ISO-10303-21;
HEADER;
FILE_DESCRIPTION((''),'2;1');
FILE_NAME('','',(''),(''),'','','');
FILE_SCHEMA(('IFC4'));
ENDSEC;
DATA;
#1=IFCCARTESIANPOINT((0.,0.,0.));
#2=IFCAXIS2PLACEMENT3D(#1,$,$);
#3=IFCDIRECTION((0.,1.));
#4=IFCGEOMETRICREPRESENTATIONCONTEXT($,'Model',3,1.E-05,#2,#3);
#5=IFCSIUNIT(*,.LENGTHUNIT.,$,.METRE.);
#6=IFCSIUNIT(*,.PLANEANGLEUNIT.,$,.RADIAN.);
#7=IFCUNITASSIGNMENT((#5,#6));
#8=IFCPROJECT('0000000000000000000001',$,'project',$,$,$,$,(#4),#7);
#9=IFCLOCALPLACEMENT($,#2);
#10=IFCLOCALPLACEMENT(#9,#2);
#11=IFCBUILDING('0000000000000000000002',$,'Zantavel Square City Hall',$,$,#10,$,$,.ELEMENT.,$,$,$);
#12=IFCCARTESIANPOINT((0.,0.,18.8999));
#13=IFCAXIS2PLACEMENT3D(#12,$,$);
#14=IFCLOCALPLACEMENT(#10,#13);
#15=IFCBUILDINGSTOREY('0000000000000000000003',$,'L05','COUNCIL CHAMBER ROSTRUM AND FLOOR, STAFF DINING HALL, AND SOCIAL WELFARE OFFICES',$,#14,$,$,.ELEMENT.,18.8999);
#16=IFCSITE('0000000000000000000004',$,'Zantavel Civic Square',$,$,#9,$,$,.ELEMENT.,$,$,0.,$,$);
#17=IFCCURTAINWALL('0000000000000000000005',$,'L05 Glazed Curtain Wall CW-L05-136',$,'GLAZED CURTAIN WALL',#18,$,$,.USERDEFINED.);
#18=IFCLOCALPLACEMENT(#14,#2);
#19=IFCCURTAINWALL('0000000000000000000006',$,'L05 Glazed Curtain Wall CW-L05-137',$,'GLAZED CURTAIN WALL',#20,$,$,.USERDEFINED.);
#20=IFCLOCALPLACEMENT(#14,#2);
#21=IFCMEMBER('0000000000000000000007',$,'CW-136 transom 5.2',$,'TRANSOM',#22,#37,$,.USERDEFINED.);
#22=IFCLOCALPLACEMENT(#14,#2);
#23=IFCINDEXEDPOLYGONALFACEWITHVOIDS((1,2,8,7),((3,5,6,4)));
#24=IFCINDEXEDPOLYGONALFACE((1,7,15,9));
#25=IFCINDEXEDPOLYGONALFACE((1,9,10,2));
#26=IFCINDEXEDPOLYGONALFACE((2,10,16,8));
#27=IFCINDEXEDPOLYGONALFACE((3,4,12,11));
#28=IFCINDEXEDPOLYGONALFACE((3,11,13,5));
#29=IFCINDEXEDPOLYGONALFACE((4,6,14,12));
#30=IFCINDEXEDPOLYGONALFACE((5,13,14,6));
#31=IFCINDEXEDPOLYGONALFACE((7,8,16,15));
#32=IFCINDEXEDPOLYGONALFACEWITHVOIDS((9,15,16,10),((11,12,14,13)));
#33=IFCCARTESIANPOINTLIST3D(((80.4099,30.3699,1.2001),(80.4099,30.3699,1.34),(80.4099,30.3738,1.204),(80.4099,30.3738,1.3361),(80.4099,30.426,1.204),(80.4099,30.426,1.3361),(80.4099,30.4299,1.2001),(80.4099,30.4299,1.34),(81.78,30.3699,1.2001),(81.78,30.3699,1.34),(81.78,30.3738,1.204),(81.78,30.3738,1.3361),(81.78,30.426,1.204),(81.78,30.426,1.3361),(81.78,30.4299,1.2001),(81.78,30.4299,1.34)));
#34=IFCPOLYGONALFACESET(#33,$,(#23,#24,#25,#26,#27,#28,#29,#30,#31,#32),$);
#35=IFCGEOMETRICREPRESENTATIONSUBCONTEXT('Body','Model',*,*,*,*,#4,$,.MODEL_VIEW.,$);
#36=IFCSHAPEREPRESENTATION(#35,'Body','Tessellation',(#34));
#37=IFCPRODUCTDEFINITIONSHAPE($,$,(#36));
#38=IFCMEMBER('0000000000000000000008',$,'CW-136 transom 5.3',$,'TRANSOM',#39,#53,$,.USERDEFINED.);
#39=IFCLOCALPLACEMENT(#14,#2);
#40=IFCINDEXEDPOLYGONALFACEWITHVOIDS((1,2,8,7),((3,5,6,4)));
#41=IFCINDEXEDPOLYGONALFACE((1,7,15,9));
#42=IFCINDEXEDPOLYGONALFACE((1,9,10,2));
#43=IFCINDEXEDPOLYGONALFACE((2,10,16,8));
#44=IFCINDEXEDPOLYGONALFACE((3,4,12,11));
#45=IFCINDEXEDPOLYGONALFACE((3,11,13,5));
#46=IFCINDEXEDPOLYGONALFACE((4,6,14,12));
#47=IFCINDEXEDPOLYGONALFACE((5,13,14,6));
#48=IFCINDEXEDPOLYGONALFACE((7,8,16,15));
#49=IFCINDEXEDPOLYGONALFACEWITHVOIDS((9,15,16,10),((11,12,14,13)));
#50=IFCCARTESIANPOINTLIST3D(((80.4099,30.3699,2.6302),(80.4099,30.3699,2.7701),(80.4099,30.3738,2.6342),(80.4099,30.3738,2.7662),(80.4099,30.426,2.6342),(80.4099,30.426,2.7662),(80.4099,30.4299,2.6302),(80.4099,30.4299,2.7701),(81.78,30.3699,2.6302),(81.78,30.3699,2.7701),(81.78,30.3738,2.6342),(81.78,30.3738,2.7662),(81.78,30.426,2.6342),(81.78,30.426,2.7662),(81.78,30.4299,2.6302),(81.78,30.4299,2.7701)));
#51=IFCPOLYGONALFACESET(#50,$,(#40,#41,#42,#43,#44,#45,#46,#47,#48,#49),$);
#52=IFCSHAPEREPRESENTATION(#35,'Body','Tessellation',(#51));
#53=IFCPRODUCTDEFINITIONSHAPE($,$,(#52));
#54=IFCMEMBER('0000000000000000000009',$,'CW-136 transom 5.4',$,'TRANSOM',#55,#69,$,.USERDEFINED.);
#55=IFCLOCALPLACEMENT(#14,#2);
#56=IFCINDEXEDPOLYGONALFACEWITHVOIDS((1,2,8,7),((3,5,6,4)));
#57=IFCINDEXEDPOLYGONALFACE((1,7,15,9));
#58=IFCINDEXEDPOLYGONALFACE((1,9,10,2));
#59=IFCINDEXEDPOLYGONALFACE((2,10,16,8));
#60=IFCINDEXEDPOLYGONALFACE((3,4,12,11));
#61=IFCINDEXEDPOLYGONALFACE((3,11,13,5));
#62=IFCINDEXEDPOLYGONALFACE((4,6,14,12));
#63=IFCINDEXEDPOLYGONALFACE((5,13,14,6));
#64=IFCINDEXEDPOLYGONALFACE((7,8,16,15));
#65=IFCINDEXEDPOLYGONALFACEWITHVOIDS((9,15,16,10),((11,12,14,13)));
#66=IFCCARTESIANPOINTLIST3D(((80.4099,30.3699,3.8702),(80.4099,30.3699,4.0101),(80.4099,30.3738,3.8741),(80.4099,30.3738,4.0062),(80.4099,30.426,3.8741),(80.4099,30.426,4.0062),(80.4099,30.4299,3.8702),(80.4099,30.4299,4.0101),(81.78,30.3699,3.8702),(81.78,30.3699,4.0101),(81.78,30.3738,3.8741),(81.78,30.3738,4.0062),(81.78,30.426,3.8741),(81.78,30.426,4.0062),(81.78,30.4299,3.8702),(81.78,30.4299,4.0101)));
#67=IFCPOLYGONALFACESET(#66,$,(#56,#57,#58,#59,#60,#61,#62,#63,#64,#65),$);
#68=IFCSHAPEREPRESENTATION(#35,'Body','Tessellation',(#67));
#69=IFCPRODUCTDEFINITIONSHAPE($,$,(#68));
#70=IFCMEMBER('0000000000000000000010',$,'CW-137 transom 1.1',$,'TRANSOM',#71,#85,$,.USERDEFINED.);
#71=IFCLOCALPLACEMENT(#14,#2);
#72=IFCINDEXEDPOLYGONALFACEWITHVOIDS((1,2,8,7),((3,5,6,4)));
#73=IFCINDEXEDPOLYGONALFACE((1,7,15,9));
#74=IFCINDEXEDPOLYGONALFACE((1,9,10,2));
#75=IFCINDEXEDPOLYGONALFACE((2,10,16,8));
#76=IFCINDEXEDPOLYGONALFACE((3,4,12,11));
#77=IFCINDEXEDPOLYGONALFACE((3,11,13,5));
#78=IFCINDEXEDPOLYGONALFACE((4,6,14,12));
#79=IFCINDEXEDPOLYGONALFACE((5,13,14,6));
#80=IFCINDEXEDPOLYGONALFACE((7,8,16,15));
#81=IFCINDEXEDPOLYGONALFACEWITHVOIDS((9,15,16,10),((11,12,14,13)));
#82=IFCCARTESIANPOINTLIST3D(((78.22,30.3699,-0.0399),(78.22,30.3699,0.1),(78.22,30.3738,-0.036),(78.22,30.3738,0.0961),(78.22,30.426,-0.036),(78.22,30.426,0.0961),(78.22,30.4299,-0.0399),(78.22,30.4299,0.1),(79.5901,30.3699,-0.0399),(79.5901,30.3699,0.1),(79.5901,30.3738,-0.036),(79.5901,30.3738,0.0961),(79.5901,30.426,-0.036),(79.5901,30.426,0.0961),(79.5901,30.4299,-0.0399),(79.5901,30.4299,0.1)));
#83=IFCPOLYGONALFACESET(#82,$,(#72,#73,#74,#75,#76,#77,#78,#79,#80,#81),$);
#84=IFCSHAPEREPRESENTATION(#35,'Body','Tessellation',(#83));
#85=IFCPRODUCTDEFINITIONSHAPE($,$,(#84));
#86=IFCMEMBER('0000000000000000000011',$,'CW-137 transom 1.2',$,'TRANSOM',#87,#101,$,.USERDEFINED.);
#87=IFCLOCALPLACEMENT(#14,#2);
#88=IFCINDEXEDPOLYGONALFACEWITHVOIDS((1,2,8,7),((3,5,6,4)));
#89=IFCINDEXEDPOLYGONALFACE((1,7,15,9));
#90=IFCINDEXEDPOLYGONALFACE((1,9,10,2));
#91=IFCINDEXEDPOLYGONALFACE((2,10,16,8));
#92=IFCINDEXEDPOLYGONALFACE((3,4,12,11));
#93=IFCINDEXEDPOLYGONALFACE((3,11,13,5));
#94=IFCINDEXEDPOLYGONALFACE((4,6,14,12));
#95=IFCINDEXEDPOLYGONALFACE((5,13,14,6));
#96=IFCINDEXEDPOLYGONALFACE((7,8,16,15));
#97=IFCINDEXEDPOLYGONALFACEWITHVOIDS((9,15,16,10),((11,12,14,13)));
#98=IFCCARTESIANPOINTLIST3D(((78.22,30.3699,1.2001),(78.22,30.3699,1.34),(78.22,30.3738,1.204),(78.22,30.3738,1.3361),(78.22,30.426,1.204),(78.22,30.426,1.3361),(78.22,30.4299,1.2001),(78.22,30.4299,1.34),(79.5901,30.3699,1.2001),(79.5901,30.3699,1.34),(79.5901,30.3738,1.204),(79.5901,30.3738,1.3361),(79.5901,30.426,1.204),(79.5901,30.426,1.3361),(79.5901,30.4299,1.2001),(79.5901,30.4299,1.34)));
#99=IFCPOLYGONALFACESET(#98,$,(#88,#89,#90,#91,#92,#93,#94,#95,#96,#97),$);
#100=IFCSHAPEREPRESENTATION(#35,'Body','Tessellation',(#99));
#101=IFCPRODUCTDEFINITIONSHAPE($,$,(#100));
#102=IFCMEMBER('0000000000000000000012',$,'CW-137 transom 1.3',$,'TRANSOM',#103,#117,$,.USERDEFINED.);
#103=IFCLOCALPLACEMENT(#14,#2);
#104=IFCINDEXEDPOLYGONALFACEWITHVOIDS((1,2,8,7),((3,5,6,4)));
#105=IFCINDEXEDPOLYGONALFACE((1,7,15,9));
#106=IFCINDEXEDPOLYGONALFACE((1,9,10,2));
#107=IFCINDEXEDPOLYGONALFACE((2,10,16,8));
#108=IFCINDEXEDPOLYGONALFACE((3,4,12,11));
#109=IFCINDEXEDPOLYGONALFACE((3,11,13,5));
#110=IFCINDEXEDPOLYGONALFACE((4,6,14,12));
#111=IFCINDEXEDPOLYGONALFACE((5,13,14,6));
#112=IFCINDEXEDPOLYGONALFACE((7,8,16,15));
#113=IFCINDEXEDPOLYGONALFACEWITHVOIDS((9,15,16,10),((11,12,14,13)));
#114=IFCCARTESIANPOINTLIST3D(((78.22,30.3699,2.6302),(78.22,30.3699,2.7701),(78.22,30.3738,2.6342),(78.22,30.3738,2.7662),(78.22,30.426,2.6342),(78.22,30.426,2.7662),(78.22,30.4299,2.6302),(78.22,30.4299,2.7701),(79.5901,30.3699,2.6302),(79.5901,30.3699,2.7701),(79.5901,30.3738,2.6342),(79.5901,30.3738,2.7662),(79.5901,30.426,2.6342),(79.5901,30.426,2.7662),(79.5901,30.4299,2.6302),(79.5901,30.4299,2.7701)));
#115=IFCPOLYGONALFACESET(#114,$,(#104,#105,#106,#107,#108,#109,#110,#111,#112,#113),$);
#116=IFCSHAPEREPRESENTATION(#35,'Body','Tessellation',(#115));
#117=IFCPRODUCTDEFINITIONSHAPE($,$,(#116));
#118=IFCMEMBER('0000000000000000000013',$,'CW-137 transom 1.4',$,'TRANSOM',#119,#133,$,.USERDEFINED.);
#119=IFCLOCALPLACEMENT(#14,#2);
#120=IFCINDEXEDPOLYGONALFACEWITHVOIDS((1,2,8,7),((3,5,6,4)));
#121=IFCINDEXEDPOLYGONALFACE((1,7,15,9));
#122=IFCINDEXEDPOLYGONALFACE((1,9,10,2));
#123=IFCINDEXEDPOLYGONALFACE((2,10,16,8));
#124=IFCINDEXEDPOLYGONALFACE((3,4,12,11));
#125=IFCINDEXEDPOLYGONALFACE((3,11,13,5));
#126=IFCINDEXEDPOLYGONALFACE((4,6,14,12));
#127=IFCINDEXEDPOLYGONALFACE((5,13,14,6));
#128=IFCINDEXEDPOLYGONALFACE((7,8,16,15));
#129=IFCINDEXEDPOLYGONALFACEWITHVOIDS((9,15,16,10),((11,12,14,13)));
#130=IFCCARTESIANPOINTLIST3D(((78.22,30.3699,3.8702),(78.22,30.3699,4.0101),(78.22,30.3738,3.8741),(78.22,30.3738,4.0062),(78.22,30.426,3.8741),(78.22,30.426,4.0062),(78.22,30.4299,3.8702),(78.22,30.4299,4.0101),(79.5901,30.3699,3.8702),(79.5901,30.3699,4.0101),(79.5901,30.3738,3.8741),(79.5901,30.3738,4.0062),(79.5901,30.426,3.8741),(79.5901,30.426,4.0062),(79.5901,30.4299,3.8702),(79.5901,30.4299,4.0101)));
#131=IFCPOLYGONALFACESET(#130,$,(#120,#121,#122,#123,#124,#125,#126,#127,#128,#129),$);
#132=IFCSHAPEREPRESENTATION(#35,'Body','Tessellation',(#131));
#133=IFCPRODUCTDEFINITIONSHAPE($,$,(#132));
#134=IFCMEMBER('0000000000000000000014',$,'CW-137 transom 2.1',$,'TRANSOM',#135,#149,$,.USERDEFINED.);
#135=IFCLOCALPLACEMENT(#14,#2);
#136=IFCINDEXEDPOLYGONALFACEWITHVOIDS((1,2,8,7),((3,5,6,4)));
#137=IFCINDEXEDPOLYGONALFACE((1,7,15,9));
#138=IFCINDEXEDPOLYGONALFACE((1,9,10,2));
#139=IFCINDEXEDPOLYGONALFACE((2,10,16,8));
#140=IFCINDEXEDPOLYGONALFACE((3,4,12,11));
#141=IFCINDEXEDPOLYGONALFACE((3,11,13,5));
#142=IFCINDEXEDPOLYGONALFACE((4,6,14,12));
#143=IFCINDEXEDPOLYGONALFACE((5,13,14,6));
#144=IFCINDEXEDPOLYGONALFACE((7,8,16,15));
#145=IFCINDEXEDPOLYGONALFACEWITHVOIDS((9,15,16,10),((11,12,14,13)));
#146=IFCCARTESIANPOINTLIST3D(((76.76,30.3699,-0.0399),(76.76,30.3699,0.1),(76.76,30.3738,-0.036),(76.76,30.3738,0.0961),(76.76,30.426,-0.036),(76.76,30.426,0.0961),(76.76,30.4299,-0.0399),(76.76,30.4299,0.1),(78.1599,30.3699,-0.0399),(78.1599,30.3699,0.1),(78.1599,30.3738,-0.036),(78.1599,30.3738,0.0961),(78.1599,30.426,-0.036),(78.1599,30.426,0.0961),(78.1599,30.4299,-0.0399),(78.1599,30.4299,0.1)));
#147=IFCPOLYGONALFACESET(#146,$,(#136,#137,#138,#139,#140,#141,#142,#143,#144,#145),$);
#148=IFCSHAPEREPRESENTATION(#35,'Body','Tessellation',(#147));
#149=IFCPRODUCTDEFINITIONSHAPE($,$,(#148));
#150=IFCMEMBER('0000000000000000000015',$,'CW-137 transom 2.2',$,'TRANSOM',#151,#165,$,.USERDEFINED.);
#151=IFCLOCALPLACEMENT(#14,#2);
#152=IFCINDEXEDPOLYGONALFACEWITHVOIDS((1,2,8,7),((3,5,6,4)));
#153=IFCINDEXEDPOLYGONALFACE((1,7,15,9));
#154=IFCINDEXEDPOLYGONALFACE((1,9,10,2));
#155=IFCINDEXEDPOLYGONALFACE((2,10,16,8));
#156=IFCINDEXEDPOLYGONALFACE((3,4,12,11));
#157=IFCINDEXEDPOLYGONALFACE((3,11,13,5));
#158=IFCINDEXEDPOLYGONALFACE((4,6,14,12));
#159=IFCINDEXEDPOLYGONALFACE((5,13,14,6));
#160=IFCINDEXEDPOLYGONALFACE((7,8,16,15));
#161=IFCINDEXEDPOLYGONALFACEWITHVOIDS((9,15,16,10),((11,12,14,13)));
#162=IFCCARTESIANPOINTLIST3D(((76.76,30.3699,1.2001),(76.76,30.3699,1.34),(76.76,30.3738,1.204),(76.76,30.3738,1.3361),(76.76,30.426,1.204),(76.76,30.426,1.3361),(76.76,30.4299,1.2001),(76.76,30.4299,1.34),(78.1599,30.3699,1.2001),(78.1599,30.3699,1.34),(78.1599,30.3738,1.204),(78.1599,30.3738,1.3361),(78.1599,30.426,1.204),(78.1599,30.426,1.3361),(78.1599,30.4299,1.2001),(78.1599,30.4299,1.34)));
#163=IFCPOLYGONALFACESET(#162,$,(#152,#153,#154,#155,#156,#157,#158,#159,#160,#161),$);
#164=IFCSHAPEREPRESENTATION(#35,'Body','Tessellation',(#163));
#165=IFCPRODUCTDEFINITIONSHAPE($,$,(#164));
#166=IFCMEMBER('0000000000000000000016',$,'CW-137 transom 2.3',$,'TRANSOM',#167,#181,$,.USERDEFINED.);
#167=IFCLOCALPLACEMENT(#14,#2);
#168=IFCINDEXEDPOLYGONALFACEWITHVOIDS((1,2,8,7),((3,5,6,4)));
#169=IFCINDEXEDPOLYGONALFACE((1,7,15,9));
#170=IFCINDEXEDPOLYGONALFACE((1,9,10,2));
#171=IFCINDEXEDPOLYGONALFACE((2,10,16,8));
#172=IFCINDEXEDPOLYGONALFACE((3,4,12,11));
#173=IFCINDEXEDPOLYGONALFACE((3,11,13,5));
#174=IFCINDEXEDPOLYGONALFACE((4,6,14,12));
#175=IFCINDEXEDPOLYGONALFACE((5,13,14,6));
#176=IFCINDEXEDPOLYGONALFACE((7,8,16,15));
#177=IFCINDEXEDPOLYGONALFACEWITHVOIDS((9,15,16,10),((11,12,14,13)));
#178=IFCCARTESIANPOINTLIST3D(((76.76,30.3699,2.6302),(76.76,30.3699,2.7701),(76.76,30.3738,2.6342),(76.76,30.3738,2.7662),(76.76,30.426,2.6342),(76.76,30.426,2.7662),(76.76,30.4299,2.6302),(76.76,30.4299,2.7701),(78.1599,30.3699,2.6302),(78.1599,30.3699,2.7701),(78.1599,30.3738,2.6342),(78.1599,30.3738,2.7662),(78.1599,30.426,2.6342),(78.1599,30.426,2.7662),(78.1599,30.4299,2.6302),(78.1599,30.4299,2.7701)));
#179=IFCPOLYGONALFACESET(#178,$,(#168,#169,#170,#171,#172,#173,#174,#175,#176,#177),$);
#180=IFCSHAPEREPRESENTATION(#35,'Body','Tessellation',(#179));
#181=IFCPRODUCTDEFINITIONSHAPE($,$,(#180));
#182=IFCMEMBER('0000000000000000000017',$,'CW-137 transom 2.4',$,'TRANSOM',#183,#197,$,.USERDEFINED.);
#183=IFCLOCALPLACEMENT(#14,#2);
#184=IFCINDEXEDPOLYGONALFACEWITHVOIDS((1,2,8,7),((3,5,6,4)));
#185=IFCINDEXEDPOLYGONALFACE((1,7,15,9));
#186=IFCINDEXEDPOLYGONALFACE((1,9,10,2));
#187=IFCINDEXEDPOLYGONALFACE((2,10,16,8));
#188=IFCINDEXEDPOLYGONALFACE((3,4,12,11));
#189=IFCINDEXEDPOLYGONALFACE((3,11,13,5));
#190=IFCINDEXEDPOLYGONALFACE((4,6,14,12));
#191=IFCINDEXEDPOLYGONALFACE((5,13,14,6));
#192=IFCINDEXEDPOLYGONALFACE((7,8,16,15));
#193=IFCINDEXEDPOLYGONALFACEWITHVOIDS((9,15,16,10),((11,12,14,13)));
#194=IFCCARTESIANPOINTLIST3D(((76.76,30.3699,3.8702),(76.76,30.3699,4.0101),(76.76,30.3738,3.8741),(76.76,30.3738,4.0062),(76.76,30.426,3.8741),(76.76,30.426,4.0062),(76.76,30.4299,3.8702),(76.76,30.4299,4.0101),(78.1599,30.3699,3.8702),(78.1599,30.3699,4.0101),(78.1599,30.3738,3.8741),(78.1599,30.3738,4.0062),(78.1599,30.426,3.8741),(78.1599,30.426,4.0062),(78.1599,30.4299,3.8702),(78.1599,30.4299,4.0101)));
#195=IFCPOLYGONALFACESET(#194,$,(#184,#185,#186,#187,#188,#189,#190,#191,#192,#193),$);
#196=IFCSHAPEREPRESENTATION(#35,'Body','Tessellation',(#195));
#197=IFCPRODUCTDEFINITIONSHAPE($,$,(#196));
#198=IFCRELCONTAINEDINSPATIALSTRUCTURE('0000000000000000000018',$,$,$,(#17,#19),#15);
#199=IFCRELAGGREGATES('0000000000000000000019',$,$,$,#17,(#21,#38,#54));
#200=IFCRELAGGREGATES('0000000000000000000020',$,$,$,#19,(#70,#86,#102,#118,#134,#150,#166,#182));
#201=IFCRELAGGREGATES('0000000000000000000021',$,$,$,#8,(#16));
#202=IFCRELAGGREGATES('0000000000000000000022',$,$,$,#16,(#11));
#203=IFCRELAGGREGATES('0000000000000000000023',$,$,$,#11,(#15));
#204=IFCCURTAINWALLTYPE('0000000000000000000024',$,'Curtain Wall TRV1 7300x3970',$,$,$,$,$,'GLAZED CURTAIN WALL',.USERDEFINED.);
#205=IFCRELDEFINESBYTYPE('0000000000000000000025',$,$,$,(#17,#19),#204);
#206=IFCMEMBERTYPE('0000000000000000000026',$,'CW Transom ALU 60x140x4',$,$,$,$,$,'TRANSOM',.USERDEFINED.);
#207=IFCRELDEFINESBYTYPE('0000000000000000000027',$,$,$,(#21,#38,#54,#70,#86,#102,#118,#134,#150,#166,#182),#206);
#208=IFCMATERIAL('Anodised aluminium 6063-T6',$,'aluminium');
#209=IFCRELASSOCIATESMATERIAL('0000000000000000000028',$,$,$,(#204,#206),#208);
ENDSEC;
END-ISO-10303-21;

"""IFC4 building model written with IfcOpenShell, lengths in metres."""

from ifc_helpers import new_model, si_unit, direction, frame, origin, origin_2d, place, context, subcontext, project, spatial, hollow_rectangle, extrude, material, material_profile, profile_set, type_object, element, aggregate, save


model = new_model("IFC4")

# Units and contexts
model_context = context("Model", 3, precision=1e-05, world=origin(), true_north=direction((0.0, 1.0)))
body_context = subcontext(model_context, "Body", "Model", "MODEL_VIEW")
ifc_project = project(units=[si_unit("LENGTHUNIT", "METRE"), si_unit("PLANEANGLEUNIT", "RADIAN")], contexts=[model_context])

# Site, building, storey
site_placement = place(None, origin())
site = spatial("IfcSite", under=ifc_project, at=site_placement, Name="Zantavel Civic Square", CompositionType="ELEMENT", RefElevation=0.0)
building_placement = place(site_placement, origin())
building = spatial("IfcBuilding", under=site, at=building_placement, Name="Zantavel Square City Hall", CompositionType="ELEMENT")
storey_placement = place(building_placement, frame((0.0, 0.0, 18.8999)))
storey = spatial("IfcBuildingStorey", under=building, at=storey_placement, Name="L05", Description="COUNCIL CHAMBER ROSTRUM AND FLOOR, STAFF DINING HALL, AND SOCIAL WELFARE OFFICES", CompositionType="ELEMENT", Elevation=18.8999)

# Curtain walls
ifc_material_1 = material(Name="Anodised aluminium 6063-T6", Category="aluminium")
curtain_wall_type = type_object("IfcCurtainWallType", Name="Curtain Wall TRV1 7300x3970", ElementType="GLAZED CURTAIN WALL", PredefinedType="USERDEFINED", material=ifc_material_1)
curtain_wall_1_placement = place(storey_placement, origin())
curtain_wall_1 = element("IfcCurtainWall", 1, at=curtain_wall_1_placement, inside=storey, type_object=curtain_wall_type, Name="L05 Glazed Curtain Wall CW-L05-136", ObjectType="GLAZED CURTAIN WALL", PredefinedType="USERDEFINED")
curtain_wall_2_placement = place(storey_placement, origin())
curtain_wall_2 = element("IfcCurtainWall", 2, at=curtain_wall_2_placement, inside=storey, type_object=curtain_wall_type, Name="L05 Glazed Curtain Wall CW-L05-137", ObjectType="GLAZED CURTAIN WALL", PredefinedType="USERDEFINED")

# Members
ifc_material_profile_1 = material_profile(ifc_material_1, hollow_rectangle(XDim=0.0601, YDim=0.1399, WallThickness=0.0039, at=origin_2d()), Name="ALU 60x140x4")
ifc_profile_set_1 = profile_set([ifc_material_profile_1], Name="Anodised aluminium 6063-T6")
member_type_1 = type_object("IfcMemberType", Name="CW Transom ALU 60x140x4", ElementType="TRANSOM", PredefinedType="USERDEFINED", material=ifc_profile_set_1)
member_1_placement = place(storey_placement, frame((81.78, 30.3999, 1.27), z_axis=(-1.0, 0.0, 0.0), x_axis=(0.0, -1.0, 0.0)))
member_1 = element("IfcMember", 3, at=member_1_placement, type_object=member_type_1, Name="CW-136 transom 5.2", ObjectType="TRANSOM", PredefinedType="USERDEFINED", context=body_context, shape_type="SweptSolid", body=[
    extrude(hollow_rectangle(XDim=0.0601, YDim=0.1399, WallThickness=0.0039, at=origin_2d()), origin(), (0.0, 0.0, 1.0), 1.3701),
])
member_2_placement = place(storey_placement, frame((81.78, 30.3999, 2.7002), z_axis=(-1.0, 0.0, 0.0), x_axis=(0.0, -1.0, 0.0)))
member_2 = element("IfcMember", 4, at=member_2_placement, type_object=member_type_1, Name="CW-136 transom 5.3", ObjectType="TRANSOM", PredefinedType="USERDEFINED", context=body_context, shape_type="SweptSolid", body=[
    extrude(hollow_rectangle(XDim=0.0601, YDim=0.1399, WallThickness=0.0039, at=origin_2d()), origin(), (0.0, 0.0, 1.0), 1.3701),
])
member_3_placement = place(storey_placement, frame((81.78, 30.3999, 3.9402), z_axis=(-1.0, 0.0, 0.0), x_axis=(0.0, -1.0, 0.0)))
member_3 = element("IfcMember", 5, at=member_3_placement, type_object=member_type_1, Name="CW-136 transom 5.4", ObjectType="TRANSOM", PredefinedType="USERDEFINED", context=body_context, shape_type="SweptSolid", body=[
    extrude(hollow_rectangle(XDim=0.0601, YDim=0.1399, WallThickness=0.0039, at=origin_2d()), origin(), (0.0, 0.0, 1.0), 1.3701),
])
member_4_placement = place(storey_placement, frame((79.5901, 30.3999, 0.03), z_axis=(-1.0, 0.0, 0.0), x_axis=(0.0, -1.0, 0.0)))
member_4 = element("IfcMember", 6, at=member_4_placement, type_object=member_type_1, Name="CW-137 transom 1.1", ObjectType="TRANSOM", PredefinedType="USERDEFINED", context=body_context, shape_type="SweptSolid", body=[
    extrude(hollow_rectangle(XDim=0.0601, YDim=0.1399, WallThickness=0.0039, at=origin_2d()), origin(), (0.0, 0.0, 1.0), 1.3701),
])
member_5_placement = place(storey_placement, frame((79.5901, 30.3999, 1.27), z_axis=(-1.0, 0.0, 0.0), x_axis=(0.0, -1.0, 0.0)))
member_5 = element("IfcMember", 7, at=member_5_placement, type_object=member_type_1, Name="CW-137 transom 1.2", ObjectType="TRANSOM", PredefinedType="USERDEFINED", context=body_context, shape_type="SweptSolid", body=[
    extrude(hollow_rectangle(XDim=0.0601, YDim=0.1399, WallThickness=0.0039, at=origin_2d()), origin(), (0.0, 0.0, 1.0), 1.3701),
])
member_6_placement = place(storey_placement, frame((79.5901, 30.3999, 2.7002), z_axis=(-1.0, 0.0, 0.0), x_axis=(0.0, -1.0, 0.0)))
member_6 = element("IfcMember", 8, at=member_6_placement, type_object=member_type_1, Name="CW-137 transom 1.3", ObjectType="TRANSOM", PredefinedType="USERDEFINED", context=body_context, shape_type="SweptSolid", body=[
    extrude(hollow_rectangle(XDim=0.0601, YDim=0.1399, WallThickness=0.0039, at=origin_2d()), origin(), (0.0, 0.0, 1.0), 1.3701),
])
member_7_placement = place(storey_placement, frame((79.5901, 30.3999, 3.9402), z_axis=(-1.0, 0.0, 0.0), x_axis=(0.0, -1.0, 0.0)))
member_7 = element("IfcMember", 9, at=member_7_placement, type_object=member_type_1, Name="CW-137 transom 1.4", ObjectType="TRANSOM", PredefinedType="USERDEFINED", context=body_context, shape_type="SweptSolid", body=[
    extrude(hollow_rectangle(XDim=0.0601, YDim=0.1399, WallThickness=0.0039, at=origin_2d()), origin(), (0.0, 0.0, 1.0), 1.3701),
])
member_8_placement = place(storey_placement, frame((78.1599, 30.3999, 0.03), z_axis=(-1.0, 0.0, 0.0), x_axis=(0.0, -1.0, 0.0)))
member_8 = element("IfcMember", 10, at=member_8_placement, type_object=member_type_1, Name="CW-137 transom 2.1", ObjectType="TRANSOM", PredefinedType="USERDEFINED", context=body_context, shape_type="SweptSolid", body=[
    extrude(hollow_rectangle(XDim=0.0601, YDim=0.1399, WallThickness=0.0039, at=origin_2d()), origin(), (0.0, 0.0, 1.0), 1.3999),
])
member_9_placement = place(storey_placement, frame((78.1599, 30.3999, 1.27), z_axis=(-1.0, 0.0, 0.0), x_axis=(0.0, -1.0, 0.0)))
member_9 = element("IfcMember", 11, at=member_9_placement, type_object=member_type_1, Name="CW-137 transom 2.2", ObjectType="TRANSOM", PredefinedType="USERDEFINED", context=body_context, shape_type="SweptSolid", body=[
    extrude(hollow_rectangle(XDim=0.0601, YDim=0.1399, WallThickness=0.0039, at=origin_2d()), origin(), (0.0, 0.0, 1.0), 1.3999),
])
member_10_placement = place(storey_placement, frame((78.1599, 30.3999, 2.7002), z_axis=(-1.0, 0.0, 0.0), x_axis=(0.0, -1.0, 0.0)))
member_10 = element("IfcMember", 12, at=member_10_placement, type_object=member_type_1, Name="CW-137 transom 2.3", ObjectType="TRANSOM", PredefinedType="USERDEFINED", context=body_context, shape_type="SweptSolid", body=[
    extrude(hollow_rectangle(XDim=0.0601, YDim=0.1399, WallThickness=0.0039, at=origin_2d()), origin(), (0.0, 0.0, 1.0), 1.3999),
])
member_11_placement = place(storey_placement, frame((78.1599, 30.3999, 3.9402), z_axis=(-1.0, 0.0, 0.0), x_axis=(0.0, -1.0, 0.0)))
member_11 = element("IfcMember", 13, at=member_11_placement, type_object=member_type_1, Name="CW-137 transom 2.4", ObjectType="TRANSOM", PredefinedType="USERDEFINED", context=body_context, shape_type="SweptSolid", body=[
    extrude(hollow_rectangle(XDim=0.0601, YDim=0.1399, WallThickness=0.0039, at=origin_2d()), origin(), (0.0, 0.0, 1.0), 1.3999),
])

aggregate(curtain_wall_1, [member_1, member_2, member_3])
aggregate(curtain_wall_2, [member_4, member_5, member_6, member_7, member_8, member_9, member_10, member_11])

save(model, "model.ifc")
